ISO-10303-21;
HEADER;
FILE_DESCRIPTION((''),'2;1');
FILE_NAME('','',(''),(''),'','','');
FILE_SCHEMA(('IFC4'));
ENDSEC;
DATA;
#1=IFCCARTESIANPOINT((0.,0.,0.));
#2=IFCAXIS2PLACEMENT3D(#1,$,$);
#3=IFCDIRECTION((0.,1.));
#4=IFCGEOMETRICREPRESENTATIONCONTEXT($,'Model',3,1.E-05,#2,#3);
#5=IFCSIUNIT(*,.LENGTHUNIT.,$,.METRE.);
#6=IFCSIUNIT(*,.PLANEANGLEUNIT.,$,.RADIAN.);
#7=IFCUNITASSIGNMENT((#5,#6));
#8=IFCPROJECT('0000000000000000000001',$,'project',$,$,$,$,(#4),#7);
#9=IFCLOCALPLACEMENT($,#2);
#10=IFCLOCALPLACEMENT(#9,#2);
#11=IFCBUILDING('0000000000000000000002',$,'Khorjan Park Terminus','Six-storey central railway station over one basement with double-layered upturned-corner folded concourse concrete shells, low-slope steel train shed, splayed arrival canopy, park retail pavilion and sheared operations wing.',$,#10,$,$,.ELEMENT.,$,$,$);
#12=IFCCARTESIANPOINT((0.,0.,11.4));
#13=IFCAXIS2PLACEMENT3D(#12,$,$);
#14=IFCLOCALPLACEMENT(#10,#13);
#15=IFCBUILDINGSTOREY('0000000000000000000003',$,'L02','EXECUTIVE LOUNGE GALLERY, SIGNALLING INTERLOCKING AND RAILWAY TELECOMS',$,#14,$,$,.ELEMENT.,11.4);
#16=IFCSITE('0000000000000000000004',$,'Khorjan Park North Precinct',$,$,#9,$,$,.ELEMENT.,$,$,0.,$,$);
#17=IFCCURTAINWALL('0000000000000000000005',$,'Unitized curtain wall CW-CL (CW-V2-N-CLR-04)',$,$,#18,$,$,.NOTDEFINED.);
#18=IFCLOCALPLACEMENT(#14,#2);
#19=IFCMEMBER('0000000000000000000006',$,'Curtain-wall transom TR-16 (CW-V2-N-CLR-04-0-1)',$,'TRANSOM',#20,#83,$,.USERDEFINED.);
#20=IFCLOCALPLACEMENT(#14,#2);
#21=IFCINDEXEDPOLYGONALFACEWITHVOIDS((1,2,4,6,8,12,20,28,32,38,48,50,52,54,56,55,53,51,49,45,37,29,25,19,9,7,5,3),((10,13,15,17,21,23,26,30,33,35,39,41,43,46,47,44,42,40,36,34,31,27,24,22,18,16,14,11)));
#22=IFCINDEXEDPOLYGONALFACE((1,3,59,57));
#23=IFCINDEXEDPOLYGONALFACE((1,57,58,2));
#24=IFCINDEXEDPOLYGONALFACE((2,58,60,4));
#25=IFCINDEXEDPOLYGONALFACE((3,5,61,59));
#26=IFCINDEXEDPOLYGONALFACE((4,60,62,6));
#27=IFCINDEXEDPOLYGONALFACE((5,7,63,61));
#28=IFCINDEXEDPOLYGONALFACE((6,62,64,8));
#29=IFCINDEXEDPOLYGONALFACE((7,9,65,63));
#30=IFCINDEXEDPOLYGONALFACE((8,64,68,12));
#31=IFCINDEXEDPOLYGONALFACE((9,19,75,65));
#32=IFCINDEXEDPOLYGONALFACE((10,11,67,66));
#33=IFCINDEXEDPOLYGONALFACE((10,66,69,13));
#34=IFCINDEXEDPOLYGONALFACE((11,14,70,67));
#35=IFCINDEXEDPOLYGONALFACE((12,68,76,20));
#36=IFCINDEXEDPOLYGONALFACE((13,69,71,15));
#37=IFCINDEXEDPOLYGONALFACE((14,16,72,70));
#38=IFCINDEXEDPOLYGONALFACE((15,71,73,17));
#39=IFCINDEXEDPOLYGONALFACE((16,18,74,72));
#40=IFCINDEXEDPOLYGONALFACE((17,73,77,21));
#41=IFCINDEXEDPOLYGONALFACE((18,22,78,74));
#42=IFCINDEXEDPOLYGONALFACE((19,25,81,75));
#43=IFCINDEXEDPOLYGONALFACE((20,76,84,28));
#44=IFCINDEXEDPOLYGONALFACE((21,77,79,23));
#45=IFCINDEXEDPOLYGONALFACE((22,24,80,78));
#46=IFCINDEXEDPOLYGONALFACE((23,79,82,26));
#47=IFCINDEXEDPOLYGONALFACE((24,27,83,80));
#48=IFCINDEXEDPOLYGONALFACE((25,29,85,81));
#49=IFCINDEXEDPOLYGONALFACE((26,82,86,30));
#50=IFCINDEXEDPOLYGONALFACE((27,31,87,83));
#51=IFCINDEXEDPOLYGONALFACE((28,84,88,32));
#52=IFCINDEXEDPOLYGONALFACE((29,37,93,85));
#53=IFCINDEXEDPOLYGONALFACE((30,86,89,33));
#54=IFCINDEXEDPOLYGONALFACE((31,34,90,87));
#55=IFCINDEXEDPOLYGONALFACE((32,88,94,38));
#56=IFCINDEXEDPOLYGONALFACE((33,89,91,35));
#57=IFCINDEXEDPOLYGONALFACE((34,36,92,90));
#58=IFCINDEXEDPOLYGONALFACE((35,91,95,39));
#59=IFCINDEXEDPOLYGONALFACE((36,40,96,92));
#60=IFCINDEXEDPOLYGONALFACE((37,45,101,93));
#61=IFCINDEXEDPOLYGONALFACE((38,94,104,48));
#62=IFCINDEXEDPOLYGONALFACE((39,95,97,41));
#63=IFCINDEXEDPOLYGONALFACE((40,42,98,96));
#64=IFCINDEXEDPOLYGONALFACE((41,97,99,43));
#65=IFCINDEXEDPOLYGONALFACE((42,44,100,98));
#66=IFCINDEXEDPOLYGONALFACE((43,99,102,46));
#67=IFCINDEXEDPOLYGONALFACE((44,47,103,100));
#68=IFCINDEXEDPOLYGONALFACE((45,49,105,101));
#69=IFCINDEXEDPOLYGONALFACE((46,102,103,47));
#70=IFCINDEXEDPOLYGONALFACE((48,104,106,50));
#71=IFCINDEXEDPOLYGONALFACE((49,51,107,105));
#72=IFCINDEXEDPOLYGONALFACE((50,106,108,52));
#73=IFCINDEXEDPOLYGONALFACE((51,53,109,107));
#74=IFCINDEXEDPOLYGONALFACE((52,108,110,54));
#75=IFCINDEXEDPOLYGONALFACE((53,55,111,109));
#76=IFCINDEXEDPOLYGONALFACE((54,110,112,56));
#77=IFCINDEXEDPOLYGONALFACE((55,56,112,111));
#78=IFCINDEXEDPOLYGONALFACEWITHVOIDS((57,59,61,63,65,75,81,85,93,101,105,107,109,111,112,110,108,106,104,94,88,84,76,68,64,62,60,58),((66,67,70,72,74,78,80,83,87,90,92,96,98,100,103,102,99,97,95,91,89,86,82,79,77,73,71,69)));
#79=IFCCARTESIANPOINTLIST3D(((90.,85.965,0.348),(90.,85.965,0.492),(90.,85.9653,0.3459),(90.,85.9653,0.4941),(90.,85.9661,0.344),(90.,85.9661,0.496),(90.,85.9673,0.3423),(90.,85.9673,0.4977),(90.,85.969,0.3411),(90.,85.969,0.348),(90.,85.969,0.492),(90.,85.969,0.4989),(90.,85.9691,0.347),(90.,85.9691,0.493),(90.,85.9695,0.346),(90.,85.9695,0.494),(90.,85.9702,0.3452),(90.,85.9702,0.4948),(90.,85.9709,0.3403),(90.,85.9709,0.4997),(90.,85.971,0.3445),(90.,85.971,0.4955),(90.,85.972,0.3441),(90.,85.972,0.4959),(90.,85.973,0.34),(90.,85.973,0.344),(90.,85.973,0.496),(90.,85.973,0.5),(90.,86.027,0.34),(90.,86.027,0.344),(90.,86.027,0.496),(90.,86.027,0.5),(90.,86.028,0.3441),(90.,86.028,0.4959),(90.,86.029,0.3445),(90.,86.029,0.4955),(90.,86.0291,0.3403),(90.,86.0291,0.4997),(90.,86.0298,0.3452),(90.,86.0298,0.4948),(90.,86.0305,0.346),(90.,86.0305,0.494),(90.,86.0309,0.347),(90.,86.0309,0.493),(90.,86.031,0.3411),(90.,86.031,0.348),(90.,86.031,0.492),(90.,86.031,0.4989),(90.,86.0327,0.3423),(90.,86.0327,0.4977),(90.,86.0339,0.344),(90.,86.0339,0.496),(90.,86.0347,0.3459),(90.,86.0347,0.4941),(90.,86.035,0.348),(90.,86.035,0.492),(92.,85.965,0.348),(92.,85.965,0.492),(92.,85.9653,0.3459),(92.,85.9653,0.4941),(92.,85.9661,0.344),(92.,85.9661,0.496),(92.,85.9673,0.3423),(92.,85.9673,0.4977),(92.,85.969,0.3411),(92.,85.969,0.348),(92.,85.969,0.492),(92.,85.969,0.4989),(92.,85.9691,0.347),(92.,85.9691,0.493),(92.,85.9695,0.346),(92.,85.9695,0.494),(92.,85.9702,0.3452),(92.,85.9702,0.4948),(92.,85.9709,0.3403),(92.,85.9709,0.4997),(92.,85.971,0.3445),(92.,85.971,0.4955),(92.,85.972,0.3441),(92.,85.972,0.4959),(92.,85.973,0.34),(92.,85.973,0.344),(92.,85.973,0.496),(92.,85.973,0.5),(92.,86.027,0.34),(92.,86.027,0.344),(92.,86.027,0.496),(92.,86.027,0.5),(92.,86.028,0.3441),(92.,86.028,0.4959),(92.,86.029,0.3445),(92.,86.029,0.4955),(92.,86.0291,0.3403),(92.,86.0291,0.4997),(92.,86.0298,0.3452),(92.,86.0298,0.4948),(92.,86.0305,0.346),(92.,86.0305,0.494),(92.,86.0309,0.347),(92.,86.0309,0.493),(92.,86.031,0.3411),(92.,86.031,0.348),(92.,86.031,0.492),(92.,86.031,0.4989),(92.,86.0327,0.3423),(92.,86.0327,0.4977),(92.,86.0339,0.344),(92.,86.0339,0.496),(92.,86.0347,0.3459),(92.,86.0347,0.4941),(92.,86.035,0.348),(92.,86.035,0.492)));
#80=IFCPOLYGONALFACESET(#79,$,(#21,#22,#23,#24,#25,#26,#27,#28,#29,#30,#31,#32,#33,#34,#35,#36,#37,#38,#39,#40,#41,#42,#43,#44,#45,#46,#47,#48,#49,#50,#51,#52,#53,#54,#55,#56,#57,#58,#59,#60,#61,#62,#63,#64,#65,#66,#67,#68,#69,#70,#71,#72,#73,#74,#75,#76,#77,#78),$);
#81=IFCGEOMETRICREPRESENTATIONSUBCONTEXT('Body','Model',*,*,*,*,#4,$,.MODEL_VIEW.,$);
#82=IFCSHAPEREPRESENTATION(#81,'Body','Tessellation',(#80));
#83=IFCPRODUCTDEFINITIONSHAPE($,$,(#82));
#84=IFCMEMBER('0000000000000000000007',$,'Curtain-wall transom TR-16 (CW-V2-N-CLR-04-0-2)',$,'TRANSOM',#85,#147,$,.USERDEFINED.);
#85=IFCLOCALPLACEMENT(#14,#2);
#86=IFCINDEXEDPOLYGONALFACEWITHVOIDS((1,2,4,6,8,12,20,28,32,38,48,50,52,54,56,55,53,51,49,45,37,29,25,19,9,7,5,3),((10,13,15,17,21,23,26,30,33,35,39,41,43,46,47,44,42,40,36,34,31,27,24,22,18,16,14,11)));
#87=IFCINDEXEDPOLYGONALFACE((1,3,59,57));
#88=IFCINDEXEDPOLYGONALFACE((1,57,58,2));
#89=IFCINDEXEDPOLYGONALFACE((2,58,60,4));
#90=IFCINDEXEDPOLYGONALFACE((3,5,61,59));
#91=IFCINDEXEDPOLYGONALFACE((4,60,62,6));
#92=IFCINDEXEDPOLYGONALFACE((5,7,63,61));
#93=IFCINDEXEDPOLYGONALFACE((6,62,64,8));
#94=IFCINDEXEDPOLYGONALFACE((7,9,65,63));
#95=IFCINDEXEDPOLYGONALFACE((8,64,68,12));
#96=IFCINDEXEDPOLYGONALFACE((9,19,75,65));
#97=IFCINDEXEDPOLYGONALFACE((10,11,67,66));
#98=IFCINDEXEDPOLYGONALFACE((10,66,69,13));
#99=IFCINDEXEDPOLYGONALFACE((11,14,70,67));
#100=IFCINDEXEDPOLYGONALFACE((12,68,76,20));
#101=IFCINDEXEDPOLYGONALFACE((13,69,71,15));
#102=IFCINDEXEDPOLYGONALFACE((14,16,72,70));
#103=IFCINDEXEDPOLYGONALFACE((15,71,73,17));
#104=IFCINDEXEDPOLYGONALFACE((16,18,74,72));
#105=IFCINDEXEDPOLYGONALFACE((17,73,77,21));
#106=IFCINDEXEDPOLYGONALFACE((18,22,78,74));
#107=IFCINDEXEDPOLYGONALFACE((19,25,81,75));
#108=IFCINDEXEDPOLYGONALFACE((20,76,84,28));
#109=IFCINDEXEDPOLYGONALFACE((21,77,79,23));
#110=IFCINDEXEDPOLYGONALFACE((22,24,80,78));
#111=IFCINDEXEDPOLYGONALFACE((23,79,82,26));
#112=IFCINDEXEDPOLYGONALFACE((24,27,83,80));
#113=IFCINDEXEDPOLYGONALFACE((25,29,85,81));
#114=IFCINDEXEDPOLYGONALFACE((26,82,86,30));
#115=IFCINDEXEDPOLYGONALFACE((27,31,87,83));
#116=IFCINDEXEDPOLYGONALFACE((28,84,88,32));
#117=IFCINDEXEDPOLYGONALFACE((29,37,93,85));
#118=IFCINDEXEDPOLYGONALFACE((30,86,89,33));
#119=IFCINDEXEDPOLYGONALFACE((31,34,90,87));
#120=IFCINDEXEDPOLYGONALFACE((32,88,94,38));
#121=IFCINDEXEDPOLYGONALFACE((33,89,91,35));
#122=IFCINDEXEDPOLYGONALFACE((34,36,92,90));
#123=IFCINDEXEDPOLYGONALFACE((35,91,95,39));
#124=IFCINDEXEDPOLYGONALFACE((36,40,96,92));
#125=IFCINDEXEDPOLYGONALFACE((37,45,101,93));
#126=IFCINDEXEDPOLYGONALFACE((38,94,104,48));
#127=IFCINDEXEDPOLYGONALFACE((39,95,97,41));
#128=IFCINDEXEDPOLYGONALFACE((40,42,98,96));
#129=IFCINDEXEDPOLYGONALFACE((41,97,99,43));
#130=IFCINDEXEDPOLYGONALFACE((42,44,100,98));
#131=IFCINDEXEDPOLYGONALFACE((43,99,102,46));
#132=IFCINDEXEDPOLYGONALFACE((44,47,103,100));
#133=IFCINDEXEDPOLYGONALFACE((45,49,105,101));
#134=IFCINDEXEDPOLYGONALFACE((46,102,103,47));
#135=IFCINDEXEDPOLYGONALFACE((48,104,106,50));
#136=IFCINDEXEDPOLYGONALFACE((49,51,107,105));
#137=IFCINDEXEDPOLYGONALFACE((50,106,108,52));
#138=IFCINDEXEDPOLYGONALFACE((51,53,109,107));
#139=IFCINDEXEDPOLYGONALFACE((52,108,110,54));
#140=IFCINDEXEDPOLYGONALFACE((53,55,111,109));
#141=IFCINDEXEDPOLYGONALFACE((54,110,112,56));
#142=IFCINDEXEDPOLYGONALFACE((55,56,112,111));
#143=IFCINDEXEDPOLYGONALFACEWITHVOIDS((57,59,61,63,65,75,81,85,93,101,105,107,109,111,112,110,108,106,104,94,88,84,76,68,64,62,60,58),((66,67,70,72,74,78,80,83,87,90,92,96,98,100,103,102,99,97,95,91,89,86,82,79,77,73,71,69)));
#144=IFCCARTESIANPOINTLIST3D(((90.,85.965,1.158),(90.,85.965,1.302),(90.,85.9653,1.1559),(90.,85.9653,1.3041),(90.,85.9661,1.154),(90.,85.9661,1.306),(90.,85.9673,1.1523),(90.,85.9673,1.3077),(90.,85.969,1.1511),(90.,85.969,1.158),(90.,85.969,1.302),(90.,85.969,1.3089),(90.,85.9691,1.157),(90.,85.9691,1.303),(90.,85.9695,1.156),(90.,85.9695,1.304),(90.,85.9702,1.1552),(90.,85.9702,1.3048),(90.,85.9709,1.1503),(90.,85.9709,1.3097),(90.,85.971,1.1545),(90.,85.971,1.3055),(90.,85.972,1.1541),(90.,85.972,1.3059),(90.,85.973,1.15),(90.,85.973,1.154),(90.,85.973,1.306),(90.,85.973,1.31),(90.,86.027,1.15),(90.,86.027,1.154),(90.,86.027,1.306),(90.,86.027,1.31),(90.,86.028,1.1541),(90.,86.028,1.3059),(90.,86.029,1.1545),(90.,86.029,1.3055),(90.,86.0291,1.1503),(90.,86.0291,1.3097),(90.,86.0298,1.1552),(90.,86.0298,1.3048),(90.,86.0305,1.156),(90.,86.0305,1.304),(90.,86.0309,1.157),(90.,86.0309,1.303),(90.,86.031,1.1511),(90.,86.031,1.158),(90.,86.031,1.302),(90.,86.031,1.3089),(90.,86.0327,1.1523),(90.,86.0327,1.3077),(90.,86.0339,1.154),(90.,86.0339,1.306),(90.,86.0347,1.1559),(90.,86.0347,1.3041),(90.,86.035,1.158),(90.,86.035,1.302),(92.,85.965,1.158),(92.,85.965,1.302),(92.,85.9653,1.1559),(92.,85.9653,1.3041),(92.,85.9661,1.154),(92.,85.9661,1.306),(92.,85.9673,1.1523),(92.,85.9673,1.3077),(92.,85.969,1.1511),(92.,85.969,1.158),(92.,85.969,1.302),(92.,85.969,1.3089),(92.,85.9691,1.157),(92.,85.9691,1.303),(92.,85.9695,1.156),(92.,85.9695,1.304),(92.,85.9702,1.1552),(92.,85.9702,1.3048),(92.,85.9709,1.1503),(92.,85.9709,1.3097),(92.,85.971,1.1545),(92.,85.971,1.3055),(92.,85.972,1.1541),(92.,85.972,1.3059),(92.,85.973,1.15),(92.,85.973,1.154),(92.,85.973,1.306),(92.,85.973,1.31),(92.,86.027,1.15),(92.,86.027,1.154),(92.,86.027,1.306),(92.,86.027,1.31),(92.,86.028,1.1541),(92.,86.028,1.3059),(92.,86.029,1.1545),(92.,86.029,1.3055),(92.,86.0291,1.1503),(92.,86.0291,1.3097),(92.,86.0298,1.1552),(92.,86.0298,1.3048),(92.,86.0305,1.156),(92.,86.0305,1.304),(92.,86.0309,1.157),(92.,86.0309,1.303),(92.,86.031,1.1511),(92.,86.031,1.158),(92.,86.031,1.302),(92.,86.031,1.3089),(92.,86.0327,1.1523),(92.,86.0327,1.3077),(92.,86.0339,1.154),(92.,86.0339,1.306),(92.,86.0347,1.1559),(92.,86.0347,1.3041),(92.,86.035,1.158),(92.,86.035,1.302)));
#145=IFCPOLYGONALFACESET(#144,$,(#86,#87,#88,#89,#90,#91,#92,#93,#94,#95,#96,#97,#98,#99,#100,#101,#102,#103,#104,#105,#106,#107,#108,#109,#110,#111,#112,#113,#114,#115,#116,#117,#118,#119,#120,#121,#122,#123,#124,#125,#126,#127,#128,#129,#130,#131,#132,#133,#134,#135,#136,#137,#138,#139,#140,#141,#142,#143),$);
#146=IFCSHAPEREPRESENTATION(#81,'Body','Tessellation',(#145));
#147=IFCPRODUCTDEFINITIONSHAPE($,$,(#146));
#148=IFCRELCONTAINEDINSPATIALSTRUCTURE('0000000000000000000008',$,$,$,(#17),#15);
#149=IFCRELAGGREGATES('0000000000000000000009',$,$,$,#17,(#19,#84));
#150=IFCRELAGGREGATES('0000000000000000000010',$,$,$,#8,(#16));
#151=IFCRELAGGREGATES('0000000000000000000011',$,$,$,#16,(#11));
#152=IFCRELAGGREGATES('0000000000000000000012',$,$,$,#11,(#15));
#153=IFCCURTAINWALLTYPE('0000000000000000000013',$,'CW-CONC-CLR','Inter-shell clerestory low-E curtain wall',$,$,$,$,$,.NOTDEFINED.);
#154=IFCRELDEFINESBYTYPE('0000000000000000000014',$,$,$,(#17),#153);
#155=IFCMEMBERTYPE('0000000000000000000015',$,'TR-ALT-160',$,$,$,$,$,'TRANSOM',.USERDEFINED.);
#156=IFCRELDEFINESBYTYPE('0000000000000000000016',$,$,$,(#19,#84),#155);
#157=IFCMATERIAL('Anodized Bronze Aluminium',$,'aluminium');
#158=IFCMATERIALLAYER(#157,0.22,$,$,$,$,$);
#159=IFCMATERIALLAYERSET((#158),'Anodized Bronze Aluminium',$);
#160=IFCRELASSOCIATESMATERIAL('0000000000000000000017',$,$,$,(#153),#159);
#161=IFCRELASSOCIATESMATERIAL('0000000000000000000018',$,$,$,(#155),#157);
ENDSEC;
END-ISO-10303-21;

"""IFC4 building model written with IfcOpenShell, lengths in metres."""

from ifc_helpers import new_model, si_unit, direction, frame, origin, origin_2d, place, context, subcontext, project, spatial, hollow_rectangle, extrude, material, layer, layer_set, material_profile, profile_set, type_object, element, aggregate, save


model = new_model("IFC4")

# Units and contexts
model_context = context("Model", 3, precision=1e-05, world=origin(), true_north=direction((0.0, 1.0)))
body_context = subcontext(model_context, "Body", "Model", "MODEL_VIEW")
ifc_project = project(units=[si_unit("LENGTHUNIT", "METRE"), si_unit("PLANEANGLEUNIT", "RADIAN")], contexts=[model_context])

# Site, building, storey
site_placement = place(None, origin())
site = spatial("IfcSite", under=ifc_project, at=site_placement, Name="Khorjan Park North Precinct", CompositionType="ELEMENT", RefElevation=0.0)
building_placement = place(site_placement, origin())
building = spatial("IfcBuilding", under=site, at=building_placement, Name="Khorjan Park Terminus", Description="Six-storey central railway station over one basement with double-layered upturned-corner folded concourse concrete shells, low-slope steel train shed, splayed arrival canopy, park retail pavilion and sheared operations wing.", CompositionType="ELEMENT")
storey_placement = place(building_placement, frame((0.0, 0.0, 11.4)))
storey = spatial("IfcBuildingStorey", under=building, at=storey_placement, Name="L02", Description="EXECUTIVE LOUNGE GALLERY, SIGNALLING INTERLOCKING AND RAILWAY TELECOMS", CompositionType="ELEMENT", Elevation=11.4)

# Curtain wall
ifc_material_1 = material(Name="Anodized Bronze Aluminium", Category="aluminium")
ifc_layer_1 = layer(ifc_material_1, 0.22)
ifc_layer_set_1 = layer_set([ifc_layer_1], Name="Anodized Bronze Aluminium")
curtain_wall_type = type_object("IfcCurtainWallType", Name="CW-CONC-CLR", Description="Inter-shell clerestory low-E curtain wall", PredefinedType="NOTDEFINED", material=ifc_layer_set_1)
curtain_wall_1_placement = place(storey_placement, origin())
curtain_wall_1 = element("IfcCurtainWall", 1, at=curtain_wall_1_placement, inside=storey, type_object=curtain_wall_type, Name="Unitized curtain wall CW-CL (CW-V2-N-CLR-04)", PredefinedType="NOTDEFINED")

# Members
ifc_material_profile_1 = material_profile(ifc_material_1, hollow_rectangle(XDim=0.07, YDim=0.16, WallThickness=0.004, InnerFilletRadius=0.004, OuterFilletRadius=0.008, at=origin_2d()), Name="ALT 70x160x4")
ifc_profile_set_1 = profile_set([ifc_material_profile_1], Name="Anodized Bronze Aluminium")
member_type_1 = type_object("IfcMemberType", Name="TR-ALT-160", ElementType="TRANSOM", PredefinedType="USERDEFINED", material=ifc_profile_set_1)
member_1_placement = place(storey_placement, frame((92.0, 86.0, 0.42), z_axis=(-1.0, 0.0, 0.0), x_axis=(0.0, -1.0, 0.0)))
member_1 = element("IfcMember", 2, at=member_1_placement, type_object=member_type_1, Name="Curtain-wall transom TR-16 (CW-V2-N-CLR-04-0-1)", ObjectType="TRANSOM", PredefinedType="USERDEFINED", context=body_context, shape_type="SweptSolid", body=[
    extrude(hollow_rectangle(XDim=0.07, YDim=0.16, WallThickness=0.004, InnerFilletRadius=0.004, OuterFilletRadius=0.008, at=origin_2d()), origin(), (0.0, 0.0, 1.0), 2.0),
])
member_2_placement = place(storey_placement, frame((92.0, 86.0, 1.23), z_axis=(-1.0, 0.0, 0.0), x_axis=(0.0, -1.0, 0.0)))
member_2 = element("IfcMember", 3, at=member_2_placement, type_object=member_type_1, Name="Curtain-wall transom TR-16 (CW-V2-N-CLR-04-0-2)", ObjectType="TRANSOM", PredefinedType="USERDEFINED", context=body_context, shape_type="SweptSolid", body=[
    extrude(hollow_rectangle(XDim=0.07, YDim=0.16, WallThickness=0.004, InnerFilletRadius=0.004, OuterFilletRadius=0.008, at=origin_2d()), origin(), (0.0, 0.0, 1.0), 2.0),
])

aggregate(curtain_wall_1, [member_1, member_2])

save(model, "model.ifc")
